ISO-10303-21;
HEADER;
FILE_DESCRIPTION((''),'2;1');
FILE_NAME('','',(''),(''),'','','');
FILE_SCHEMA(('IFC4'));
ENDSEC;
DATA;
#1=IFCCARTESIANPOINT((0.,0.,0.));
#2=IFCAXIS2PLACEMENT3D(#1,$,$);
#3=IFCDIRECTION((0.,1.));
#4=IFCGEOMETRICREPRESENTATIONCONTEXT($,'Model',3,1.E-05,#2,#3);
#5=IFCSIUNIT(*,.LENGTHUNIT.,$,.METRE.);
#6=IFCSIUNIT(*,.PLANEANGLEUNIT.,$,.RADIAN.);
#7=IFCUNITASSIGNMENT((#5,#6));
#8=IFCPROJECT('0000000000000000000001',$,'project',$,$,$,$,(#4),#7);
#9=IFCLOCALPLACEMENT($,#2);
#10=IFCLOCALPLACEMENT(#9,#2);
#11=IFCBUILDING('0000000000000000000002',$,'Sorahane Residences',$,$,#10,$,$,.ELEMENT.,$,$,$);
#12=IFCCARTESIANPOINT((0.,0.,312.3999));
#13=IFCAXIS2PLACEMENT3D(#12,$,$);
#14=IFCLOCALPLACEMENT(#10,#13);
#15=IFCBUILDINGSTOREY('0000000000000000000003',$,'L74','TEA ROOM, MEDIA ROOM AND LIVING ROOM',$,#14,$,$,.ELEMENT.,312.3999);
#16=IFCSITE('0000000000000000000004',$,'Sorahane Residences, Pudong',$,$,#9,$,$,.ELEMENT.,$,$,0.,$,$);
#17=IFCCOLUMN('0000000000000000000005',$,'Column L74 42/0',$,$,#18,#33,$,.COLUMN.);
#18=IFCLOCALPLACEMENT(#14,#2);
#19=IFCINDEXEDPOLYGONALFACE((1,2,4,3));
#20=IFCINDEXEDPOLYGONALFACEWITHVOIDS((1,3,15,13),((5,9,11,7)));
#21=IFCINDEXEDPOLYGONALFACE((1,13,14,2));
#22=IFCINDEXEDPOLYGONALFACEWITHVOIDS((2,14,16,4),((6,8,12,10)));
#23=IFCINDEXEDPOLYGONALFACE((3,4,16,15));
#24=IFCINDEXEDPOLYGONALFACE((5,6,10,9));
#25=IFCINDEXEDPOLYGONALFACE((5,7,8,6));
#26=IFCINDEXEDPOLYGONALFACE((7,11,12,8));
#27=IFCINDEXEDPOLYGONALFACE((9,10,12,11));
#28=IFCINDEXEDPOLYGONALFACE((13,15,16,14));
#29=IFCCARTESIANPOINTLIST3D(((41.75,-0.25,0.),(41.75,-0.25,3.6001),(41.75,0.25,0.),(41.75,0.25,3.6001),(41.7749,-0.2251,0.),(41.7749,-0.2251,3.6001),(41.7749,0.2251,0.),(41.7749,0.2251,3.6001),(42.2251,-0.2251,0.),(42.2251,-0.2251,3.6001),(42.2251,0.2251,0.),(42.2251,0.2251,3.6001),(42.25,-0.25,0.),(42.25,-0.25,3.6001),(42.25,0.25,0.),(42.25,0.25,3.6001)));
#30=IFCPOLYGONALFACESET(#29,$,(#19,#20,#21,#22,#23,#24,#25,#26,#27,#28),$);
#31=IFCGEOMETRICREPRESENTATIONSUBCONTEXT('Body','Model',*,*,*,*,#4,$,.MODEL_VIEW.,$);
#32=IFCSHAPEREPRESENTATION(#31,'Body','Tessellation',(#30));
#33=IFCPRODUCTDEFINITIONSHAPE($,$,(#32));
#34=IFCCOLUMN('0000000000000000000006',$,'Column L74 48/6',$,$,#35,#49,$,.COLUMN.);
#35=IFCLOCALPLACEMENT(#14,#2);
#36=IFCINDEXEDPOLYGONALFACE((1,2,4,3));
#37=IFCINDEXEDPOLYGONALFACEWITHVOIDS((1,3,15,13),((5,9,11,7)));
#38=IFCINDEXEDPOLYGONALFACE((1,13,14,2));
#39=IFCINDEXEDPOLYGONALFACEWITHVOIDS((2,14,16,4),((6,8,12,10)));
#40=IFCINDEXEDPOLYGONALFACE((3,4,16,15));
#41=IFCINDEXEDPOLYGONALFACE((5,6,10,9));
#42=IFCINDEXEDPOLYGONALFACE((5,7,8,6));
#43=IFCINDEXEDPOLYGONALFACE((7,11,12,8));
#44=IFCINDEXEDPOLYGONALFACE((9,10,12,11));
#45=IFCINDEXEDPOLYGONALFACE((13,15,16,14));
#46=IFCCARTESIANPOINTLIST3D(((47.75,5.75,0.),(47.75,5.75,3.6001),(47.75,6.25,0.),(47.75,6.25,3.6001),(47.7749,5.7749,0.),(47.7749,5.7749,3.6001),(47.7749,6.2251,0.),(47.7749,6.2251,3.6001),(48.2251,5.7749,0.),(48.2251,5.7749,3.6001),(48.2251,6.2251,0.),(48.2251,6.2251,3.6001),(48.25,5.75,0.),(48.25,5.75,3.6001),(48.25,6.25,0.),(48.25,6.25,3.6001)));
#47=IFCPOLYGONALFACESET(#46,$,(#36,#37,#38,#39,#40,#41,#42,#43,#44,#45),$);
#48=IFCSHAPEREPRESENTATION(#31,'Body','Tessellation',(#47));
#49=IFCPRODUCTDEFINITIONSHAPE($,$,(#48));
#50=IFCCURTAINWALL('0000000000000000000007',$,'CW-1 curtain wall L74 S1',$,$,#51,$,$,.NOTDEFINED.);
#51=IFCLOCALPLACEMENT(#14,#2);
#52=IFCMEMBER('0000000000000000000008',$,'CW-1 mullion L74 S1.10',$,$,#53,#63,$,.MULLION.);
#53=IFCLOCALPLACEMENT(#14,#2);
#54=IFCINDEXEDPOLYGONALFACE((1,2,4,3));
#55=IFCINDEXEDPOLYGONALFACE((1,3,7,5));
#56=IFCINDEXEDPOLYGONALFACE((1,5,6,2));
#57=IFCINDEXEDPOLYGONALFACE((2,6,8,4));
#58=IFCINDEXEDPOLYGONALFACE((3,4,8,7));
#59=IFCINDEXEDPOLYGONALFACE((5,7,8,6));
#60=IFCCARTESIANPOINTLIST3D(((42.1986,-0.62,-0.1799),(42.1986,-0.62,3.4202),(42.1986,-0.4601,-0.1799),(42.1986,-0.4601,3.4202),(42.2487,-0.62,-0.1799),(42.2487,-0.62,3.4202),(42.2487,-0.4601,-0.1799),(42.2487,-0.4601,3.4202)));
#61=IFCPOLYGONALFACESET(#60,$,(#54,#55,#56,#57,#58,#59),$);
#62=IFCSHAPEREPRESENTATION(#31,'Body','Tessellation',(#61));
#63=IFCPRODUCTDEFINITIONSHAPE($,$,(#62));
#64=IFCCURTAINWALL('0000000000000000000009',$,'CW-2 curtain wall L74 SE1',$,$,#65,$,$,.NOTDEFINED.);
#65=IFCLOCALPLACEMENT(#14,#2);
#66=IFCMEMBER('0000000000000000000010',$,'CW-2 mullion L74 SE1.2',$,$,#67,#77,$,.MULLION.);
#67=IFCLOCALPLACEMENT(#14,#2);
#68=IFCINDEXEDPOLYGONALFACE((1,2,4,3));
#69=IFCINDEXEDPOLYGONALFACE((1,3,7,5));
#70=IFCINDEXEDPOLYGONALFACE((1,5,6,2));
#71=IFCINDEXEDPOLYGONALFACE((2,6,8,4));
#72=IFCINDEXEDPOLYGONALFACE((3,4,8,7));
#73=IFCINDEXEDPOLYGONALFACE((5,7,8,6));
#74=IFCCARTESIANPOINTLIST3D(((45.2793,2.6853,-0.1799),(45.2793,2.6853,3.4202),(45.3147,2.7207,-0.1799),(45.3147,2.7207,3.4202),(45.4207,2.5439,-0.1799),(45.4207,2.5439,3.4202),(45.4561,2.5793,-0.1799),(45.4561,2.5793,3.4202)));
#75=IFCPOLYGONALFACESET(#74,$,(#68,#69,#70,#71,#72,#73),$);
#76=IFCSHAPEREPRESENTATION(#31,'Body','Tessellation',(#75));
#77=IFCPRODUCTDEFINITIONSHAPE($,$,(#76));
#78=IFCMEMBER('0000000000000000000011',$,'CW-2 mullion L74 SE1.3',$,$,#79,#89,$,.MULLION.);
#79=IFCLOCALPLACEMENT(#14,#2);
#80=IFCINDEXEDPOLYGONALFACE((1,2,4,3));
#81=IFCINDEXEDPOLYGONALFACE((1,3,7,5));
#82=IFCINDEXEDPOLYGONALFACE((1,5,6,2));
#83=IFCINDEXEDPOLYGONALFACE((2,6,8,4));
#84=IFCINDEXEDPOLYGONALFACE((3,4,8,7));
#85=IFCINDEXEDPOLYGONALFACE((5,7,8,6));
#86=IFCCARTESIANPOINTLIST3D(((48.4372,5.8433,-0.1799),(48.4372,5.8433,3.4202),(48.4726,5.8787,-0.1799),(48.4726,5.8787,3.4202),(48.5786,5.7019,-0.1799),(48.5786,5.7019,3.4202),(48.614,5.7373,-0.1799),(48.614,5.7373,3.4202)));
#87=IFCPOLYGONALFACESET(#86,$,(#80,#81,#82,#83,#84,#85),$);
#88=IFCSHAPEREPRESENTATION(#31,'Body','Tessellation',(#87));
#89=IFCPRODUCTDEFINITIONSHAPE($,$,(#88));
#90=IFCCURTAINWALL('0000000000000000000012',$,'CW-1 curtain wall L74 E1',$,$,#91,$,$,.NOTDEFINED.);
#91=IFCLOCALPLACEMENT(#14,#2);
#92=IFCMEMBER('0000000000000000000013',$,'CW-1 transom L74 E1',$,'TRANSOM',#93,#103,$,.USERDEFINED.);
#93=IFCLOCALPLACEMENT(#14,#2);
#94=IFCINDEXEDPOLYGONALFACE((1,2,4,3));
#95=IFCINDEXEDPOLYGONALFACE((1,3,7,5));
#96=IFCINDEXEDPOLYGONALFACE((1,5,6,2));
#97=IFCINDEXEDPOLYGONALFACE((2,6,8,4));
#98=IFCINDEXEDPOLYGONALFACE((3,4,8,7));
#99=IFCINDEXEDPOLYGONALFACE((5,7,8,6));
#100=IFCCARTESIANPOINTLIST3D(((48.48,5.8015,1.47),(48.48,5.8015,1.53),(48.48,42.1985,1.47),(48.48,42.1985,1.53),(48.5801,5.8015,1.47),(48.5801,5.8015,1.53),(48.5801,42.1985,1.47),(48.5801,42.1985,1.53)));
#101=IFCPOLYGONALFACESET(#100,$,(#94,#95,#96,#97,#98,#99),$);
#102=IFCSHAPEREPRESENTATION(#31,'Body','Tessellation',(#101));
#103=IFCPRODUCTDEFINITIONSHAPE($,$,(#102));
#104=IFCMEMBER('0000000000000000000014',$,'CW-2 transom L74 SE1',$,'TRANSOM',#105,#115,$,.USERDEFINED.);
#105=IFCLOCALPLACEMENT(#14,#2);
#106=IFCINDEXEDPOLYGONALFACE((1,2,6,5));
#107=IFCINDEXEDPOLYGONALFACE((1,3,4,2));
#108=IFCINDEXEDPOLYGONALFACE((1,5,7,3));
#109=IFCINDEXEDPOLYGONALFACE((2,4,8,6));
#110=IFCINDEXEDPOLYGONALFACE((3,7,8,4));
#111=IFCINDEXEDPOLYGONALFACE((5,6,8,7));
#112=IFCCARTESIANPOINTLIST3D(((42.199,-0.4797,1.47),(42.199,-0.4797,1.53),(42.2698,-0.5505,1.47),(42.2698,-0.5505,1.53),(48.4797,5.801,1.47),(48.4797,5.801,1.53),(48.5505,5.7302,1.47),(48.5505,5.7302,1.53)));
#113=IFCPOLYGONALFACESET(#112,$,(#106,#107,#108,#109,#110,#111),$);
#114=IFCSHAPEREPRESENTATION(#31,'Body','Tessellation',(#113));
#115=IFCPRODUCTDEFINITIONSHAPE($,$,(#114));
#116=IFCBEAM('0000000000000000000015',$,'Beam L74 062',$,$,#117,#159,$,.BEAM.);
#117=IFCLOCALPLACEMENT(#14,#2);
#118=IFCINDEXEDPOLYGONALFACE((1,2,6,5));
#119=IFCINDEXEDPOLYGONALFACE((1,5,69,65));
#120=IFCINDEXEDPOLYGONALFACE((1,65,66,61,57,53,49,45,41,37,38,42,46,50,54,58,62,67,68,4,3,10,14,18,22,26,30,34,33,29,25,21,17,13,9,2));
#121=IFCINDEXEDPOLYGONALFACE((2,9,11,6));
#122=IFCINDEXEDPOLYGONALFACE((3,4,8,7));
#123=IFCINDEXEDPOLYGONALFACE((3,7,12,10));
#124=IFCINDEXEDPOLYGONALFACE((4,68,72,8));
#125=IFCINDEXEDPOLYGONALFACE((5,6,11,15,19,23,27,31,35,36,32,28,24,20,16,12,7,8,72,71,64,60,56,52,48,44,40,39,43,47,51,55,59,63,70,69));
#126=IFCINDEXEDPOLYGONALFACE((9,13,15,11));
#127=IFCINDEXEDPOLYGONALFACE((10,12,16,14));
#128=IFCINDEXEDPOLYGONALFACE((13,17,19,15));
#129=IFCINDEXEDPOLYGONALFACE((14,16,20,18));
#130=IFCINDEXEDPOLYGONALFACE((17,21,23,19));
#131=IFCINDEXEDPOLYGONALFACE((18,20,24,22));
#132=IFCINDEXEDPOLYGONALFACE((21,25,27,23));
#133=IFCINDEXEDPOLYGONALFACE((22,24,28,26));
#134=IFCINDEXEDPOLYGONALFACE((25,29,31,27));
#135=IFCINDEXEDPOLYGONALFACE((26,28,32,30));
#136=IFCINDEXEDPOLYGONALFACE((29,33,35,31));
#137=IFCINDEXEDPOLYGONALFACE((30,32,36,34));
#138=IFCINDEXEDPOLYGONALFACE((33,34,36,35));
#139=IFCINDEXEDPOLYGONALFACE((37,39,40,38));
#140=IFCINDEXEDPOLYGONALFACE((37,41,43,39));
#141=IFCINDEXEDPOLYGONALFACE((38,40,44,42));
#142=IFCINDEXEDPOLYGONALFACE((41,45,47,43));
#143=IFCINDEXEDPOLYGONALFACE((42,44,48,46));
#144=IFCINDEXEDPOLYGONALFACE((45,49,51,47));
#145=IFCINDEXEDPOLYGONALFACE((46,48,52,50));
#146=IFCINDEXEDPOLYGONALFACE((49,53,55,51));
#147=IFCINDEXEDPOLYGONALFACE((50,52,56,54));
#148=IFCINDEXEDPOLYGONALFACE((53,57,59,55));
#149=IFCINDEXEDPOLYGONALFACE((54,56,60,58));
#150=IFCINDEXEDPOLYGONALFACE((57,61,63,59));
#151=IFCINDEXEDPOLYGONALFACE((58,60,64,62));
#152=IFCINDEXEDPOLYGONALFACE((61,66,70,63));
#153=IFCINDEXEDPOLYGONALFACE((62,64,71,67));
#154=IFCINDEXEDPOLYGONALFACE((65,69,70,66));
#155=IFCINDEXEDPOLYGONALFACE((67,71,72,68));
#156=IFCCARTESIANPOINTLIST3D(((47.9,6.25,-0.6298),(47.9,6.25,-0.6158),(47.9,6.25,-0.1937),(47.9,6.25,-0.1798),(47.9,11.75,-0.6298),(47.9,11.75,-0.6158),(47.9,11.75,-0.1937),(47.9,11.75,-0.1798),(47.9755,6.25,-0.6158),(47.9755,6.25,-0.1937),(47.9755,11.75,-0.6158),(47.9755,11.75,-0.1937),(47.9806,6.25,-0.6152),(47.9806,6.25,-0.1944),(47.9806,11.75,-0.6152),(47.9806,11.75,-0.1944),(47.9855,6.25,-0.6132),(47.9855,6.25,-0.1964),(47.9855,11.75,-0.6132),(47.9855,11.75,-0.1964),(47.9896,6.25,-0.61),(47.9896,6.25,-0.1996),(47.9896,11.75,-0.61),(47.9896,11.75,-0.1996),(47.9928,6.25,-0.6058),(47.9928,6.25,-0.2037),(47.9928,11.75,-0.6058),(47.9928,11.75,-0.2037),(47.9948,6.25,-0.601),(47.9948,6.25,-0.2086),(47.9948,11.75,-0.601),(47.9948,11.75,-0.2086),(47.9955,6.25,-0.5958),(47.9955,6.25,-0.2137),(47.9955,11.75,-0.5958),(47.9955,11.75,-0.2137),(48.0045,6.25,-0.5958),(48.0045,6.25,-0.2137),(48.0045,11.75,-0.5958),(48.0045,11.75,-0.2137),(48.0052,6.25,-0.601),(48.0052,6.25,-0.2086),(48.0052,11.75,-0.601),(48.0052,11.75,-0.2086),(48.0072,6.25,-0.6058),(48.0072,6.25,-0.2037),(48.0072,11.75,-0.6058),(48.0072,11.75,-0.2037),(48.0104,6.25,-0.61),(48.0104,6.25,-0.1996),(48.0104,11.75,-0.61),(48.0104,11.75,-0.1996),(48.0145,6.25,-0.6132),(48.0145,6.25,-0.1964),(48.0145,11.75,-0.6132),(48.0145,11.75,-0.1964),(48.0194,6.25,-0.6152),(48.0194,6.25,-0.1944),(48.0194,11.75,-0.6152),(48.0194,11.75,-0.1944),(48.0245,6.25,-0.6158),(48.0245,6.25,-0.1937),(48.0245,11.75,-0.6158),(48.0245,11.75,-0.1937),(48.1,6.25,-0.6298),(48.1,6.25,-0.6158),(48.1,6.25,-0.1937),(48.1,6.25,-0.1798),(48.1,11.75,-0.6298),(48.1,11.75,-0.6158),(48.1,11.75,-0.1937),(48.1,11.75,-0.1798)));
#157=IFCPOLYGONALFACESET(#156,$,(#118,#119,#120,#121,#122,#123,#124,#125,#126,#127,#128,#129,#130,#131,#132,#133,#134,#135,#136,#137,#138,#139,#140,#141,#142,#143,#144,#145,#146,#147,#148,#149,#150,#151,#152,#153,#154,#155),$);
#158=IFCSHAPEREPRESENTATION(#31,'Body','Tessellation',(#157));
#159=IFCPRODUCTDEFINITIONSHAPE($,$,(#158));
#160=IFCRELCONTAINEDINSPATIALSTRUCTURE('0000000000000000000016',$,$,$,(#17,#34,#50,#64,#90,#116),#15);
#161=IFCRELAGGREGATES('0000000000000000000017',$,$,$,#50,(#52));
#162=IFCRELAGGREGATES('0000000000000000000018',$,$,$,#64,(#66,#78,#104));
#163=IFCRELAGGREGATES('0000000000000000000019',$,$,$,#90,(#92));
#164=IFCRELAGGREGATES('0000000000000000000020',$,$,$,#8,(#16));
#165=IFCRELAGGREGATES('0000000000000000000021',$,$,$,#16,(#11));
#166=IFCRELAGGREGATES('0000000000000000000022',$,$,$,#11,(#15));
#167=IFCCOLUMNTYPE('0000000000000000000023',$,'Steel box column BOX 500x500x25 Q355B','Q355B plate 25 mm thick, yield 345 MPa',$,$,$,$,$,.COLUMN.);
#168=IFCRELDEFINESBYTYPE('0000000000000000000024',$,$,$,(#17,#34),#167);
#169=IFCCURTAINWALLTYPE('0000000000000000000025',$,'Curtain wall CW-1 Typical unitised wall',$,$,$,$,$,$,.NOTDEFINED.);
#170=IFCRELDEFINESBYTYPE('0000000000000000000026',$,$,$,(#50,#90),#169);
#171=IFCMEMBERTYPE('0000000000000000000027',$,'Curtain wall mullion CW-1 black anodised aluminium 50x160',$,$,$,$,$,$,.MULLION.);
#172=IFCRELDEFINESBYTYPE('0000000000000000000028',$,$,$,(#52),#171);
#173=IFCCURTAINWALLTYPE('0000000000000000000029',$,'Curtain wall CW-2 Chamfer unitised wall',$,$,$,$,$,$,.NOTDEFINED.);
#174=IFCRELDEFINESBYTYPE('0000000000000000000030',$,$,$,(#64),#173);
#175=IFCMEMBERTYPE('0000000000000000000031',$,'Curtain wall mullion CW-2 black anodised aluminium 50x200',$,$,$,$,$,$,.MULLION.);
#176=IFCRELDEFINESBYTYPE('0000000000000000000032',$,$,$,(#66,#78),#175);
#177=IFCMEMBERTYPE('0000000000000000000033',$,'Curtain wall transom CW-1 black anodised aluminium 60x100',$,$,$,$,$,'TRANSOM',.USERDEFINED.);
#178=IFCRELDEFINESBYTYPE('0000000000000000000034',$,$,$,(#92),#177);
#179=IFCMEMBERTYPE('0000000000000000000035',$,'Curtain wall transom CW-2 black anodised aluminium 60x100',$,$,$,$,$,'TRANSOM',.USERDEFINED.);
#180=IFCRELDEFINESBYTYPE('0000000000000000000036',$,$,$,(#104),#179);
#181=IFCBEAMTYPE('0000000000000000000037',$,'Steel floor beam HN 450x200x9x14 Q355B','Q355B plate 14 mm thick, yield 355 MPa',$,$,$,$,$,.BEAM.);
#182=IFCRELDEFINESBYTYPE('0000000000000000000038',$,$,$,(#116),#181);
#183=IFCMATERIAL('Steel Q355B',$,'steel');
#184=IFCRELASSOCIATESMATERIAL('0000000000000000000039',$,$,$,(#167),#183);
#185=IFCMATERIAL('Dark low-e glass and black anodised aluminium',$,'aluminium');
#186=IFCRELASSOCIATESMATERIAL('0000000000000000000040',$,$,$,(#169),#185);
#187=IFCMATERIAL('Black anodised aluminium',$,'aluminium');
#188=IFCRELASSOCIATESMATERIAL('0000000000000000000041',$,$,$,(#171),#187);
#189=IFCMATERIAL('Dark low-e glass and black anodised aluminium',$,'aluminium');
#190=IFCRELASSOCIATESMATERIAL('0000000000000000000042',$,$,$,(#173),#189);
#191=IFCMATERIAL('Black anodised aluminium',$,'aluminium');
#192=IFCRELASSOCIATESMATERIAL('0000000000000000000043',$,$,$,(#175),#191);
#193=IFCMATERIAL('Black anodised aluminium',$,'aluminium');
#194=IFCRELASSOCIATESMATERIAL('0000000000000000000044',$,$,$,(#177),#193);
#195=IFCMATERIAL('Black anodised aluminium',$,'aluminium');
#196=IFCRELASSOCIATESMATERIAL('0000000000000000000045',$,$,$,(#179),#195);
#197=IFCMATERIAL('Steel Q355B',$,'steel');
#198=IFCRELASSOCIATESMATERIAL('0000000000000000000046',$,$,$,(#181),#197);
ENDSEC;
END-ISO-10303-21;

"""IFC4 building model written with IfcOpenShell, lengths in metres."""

from ifc_helpers import new_model, si_unit, direction, frame, origin, origin_2d, place, context, subcontext, project, spatial, rectangle, hollow_rectangle, i_section, extrude, material, material_profile, profile_set, type_object, element, aggregate, save


model = new_model("IFC4")

# Units and contexts
model_context = context("Model", 3, precision=1e-05, world=origin(), true_north=direction((0.0, 1.0)))
body_context = subcontext(model_context, "Body", "Model", "MODEL_VIEW")
ifc_project = project(units=[si_unit("LENGTHUNIT", "METRE"), si_unit("PLANEANGLEUNIT", "RADIAN")], contexts=[model_context])

# Site, building, storey
site_placement = place(None, origin())
site = spatial("IfcSite", under=ifc_project, at=site_placement, Name="Sorahane Residences, Pudong", CompositionType="ELEMENT", RefElevation=0.0)
building_placement = place(site_placement, origin())
building = spatial("IfcBuilding", under=site, at=building_placement, Name="Sorahane Residences", CompositionType="ELEMENT")
storey_placement = place(building_placement, frame((0.0, 0.0, 312.3999)))
storey = spatial("IfcBuildingStorey", under=building, at=storey_placement, Name="L74", Description="TEA ROOM, MEDIA ROOM AND LIVING ROOM", CompositionType="ELEMENT", Elevation=312.3999)

# Columns
ifc_material_1 = material(Name="Steel Q355B", Category="steel")
ifc_material_profile_1 = material_profile(ifc_material_1, hollow_rectangle(XDim=0.5, YDim=0.5, WallThickness=0.0249, at=origin_2d()), Name="BOX 500x500x25")
ifc_profile_set_1 = profile_set([ifc_material_profile_1], Name="Steel Q355B")
column_type = type_object("IfcColumnType", Name="Steel box column BOX 500x500x25 Q355B", Description="Q355B plate 25 mm thick, yield 345 MPa", PredefinedType="COLUMN", material=ifc_profile_set_1)
for number, where, z_axis, x_axis, name in (
    (1, (42.0, 0.0, 0.0), (0.0, 0.0, 1.0), (1.0, 0.0, 0.0), "Column L74 42/0"),
    (2, (48.0, 6.0, 0.0), (0.0, 0.0, 1.0), (1.0, 0.0, 0.0), "Column L74 48/6"),
):
    element("IfcColumn", number, at=place(storey_placement, frame(where, z_axis=z_axis, x_axis=x_axis)), inside=storey, type_object=column_type, Name=name, PredefinedType="COLUMN", context=body_context, shape_type="SweptSolid", body=[
        extrude(hollow_rectangle(XDim=0.5, YDim=0.5, WallThickness=0.0249, at=origin_2d()), origin(), (0.0, 0.0, 1.0), 3.6001),
    ])

# Curtain wall, member
ifc_material_2 = material(Name="Dark low-e glass and black anodised aluminium", Category="aluminium")
curtain_wall_type_1 = type_object("IfcCurtainWallType", Name="Curtain wall CW-1 Typical unitised wall", PredefinedType="NOTDEFINED", material=ifc_material_2)
curtain_wall_1_placement = place(storey_placement, origin())
curtain_wall_1 = element("IfcCurtainWall", 3, at=curtain_wall_1_placement, inside=storey, type_object=curtain_wall_type_1, Name="CW-1 curtain wall L74 S1", PredefinedType="NOTDEFINED")
ifc_material_3 = material(Name="Black anodised aluminium", Category="aluminium")
ifc_material_profile_2 = material_profile(ifc_material_3, rectangle(XDim=0.1599, YDim=0.05, at=origin_2d()), Name="Curtain wall mullion CW-1 black anodised aluminium 50x160")
ifc_profile_set_2 = profile_set([ifc_material_profile_2], Name="Black anodised aluminium")
member_type_1 = type_object("IfcMemberType", Name="Curtain wall mullion CW-1 black anodised aluminium 50x160", PredefinedType="MULLION", material=ifc_profile_set_2)
member_1_placement = place(storey_placement, frame((42.2236, -0.54, -0.1799), z_axis=(0.0, 0.0, 1.0), x_axis=(0.0, -1.0, 0.0)))
member_1 = element("IfcMember", 4, at=member_1_placement, type_object=member_type_1, Name="CW-1 mullion L74 S1.10", PredefinedType="MULLION", context=body_context, shape_type="SweptSolid", body=[
    extrude(rectangle(XDim=0.1599, YDim=0.05, at=origin_2d()), origin(), (0.0, 0.0, 1.0), 3.6001),
])

# Curtain wall, members
ifc_material_4 = material(Name="Dark low-e glass and black anodised aluminium", Category="aluminium")
curtain_wall_type_2 = type_object("IfcCurtainWallType", Name="Curtain wall CW-2 Chamfer unitised wall", PredefinedType="NOTDEFINED", material=ifc_material_4)
curtain_wall_2_placement = place(storey_placement, origin())
curtain_wall_2 = element("IfcCurtainWall", 5, at=curtain_wall_2_placement, inside=storey, type_object=curtain_wall_type_2, Name="CW-2 curtain wall L74 SE1", PredefinedType="NOTDEFINED")
ifc_material_5 = material(Name="Black anodised aluminium", Category="aluminium")
ifc_material_profile_3 = material_profile(ifc_material_5, rectangle(XDim=0.2, YDim=0.05, at=origin_2d()), Name="Curtain wall mullion CW-2 black anodised aluminium 50x200")
ifc_profile_set_3 = profile_set([ifc_material_profile_3], Name="Black anodised aluminium")
member_type_2 = type_object("IfcMemberType", Name="Curtain wall mullion CW-2 black anodised aluminium 50x200", PredefinedType="MULLION", material=ifc_profile_set_3)
member_2_placement = place(storey_placement, frame((45.3677, 2.6323, -0.1799), z_axis=(0.0, 0.0, 1.0), x_axis=(0.707107, -0.707107, 0.0)))
member_2 = element("IfcMember", 6, at=member_2_placement, type_object=member_type_2, Name="CW-2 mullion L74 SE1.2", PredefinedType="MULLION", context=body_context, shape_type="SweptSolid", body=[
    extrude(rectangle(XDim=0.2, YDim=0.05, at=origin_2d()), origin(), (0.0, 0.0, 1.0), 3.6001),
])
member_3_placement = place(storey_placement, frame((48.5256, 5.7903, -0.1799), z_axis=(0.0, 0.0, 1.0), x_axis=(0.707107, -0.707107, 0.0)))
member_3 = element("IfcMember", 7, at=member_3_placement, type_object=member_type_2, Name="CW-2 mullion L74 SE1.3", PredefinedType="MULLION", context=body_context, shape_type="SweptSolid", body=[
    extrude(rectangle(XDim=0.2, YDim=0.05, at=origin_2d()), origin(), (0.0, 0.0, 1.0), 3.6001),
])

# Curtain wall, member
curtain_wall_3_placement = place(storey_placement, origin())
curtain_wall_3 = element("IfcCurtainWall", 8, at=curtain_wall_3_placement, inside=storey, type_object=curtain_wall_type_1, Name="CW-1 curtain wall L74 E1", PredefinedType="NOTDEFINED")
ifc_material_6 = material(Name="Black anodised aluminium", Category="aluminium")
ifc_material_profile_4 = material_profile(ifc_material_6, rectangle(XDim=0.1001, YDim=0.0601, at=origin_2d()), Name="Curtain wall transom CW-1 black anodised aluminium 60x100")
ifc_profile_set_4 = profile_set([ifc_material_profile_4], Name="Black anodised aluminium")
member_type_3 = type_object("IfcMemberType", Name="Curtain wall transom CW-1 black anodised aluminium 60x100", ElementType="TRANSOM", PredefinedType="USERDEFINED", material=ifc_profile_set_4)
member_4_placement = place(storey_placement, frame((48.53, 5.8015, 1.5), z_axis=(0.0, 1.0, 0.0), x_axis=(-1.0, 0.0, 0.0)))
member_4 = element("IfcMember", 9, at=member_4_placement, type_object=member_type_3, Name="CW-1 transom L74 E1", ObjectType="TRANSOM", PredefinedType="USERDEFINED", context=body_context, shape_type="SweptSolid", body=[
    extrude(rectangle(XDim=0.1001, YDim=0.0601, at=origin_2d()), origin(), (0.0, 0.0, 1.0), 36.397),
])

# Member
ifc_material_7 = material(Name="Black anodised aluminium", Category="aluminium")
ifc_material_profile_5 = material_profile(ifc_material_7, rectangle(XDim=0.1001, YDim=0.0601, at=origin_2d()), Name="Curtain wall transom CW-2 black anodised aluminium 60x100")
ifc_profile_set_5 = profile_set([ifc_material_profile_5], Name="Black anodised aluminium")
member_type_4 = type_object("IfcMemberType", Name="Curtain wall transom CW-2 black anodised aluminium 60x100", ElementType="TRANSOM", PredefinedType="USERDEFINED", material=ifc_profile_set_5)
member_5_placement = place(storey_placement, frame((42.2344, -0.5151, 1.5), z_axis=(0.707107, 0.707107, 0.0), x_axis=(-0.707107, 0.707107, 0.0)))
member_5 = element("IfcMember", 10, at=member_5_placement, type_object=member_type_4, Name="CW-2 transom L74 SE1", ObjectType="TRANSOM", PredefinedType="USERDEFINED", context=body_context, shape_type="SweptSolid", body=[
    extrude(rectangle(XDim=0.1001, YDim=0.0601, at=origin_2d()), origin(), (0.0, 0.0, 1.0), 8.8823),
])

# Beam
ifc_material_8 = material(Name="Steel Q355B", Category="steel")
ifc_material_profile_6 = material_profile(ifc_material_8, i_section(OverallWidth=0.2, OverallDepth=0.45, WebThickness=0.009, FlangeThickness=0.0139, FilletRadius=0.02, at=origin_2d()), Name="HN 450x200x9x14")
ifc_profile_set_6 = profile_set([ifc_material_profile_6], Name="Steel Q355B")
beam_type_1 = type_object("IfcBeamType", Name="Steel floor beam HN 450x200x9x14 Q355B", Description="Q355B plate 14 mm thick, yield 355 MPa", PredefinedType="BEAM", material=ifc_profile_set_6)
beam_1_placement = place(storey_placement, frame((48.0, 6.25, -0.4048), z_axis=(0.0, 1.0, 0.0), x_axis=(-1.0, 0.0, 0.0)))
element("IfcBeam", 11, at=beam_1_placement, inside=storey, type_object=beam_type_1, Name="Beam L74 062", PredefinedType="BEAM", context=body_context, shape_type="SweptSolid", body=[
    extrude(i_section(OverallWidth=0.2, OverallDepth=0.45, WebThickness=0.009, FlangeThickness=0.0139, FilletRadius=0.02, at=origin_2d()), origin(), (0.0, 0.0, 1.0), 5.5),
])

aggregate(curtain_wall_1, [member_1])
aggregate(curtain_wall_2, [member_2, member_3, member_5])
aggregate(curtain_wall_3, [member_4])

save(model, "model.ifc")
